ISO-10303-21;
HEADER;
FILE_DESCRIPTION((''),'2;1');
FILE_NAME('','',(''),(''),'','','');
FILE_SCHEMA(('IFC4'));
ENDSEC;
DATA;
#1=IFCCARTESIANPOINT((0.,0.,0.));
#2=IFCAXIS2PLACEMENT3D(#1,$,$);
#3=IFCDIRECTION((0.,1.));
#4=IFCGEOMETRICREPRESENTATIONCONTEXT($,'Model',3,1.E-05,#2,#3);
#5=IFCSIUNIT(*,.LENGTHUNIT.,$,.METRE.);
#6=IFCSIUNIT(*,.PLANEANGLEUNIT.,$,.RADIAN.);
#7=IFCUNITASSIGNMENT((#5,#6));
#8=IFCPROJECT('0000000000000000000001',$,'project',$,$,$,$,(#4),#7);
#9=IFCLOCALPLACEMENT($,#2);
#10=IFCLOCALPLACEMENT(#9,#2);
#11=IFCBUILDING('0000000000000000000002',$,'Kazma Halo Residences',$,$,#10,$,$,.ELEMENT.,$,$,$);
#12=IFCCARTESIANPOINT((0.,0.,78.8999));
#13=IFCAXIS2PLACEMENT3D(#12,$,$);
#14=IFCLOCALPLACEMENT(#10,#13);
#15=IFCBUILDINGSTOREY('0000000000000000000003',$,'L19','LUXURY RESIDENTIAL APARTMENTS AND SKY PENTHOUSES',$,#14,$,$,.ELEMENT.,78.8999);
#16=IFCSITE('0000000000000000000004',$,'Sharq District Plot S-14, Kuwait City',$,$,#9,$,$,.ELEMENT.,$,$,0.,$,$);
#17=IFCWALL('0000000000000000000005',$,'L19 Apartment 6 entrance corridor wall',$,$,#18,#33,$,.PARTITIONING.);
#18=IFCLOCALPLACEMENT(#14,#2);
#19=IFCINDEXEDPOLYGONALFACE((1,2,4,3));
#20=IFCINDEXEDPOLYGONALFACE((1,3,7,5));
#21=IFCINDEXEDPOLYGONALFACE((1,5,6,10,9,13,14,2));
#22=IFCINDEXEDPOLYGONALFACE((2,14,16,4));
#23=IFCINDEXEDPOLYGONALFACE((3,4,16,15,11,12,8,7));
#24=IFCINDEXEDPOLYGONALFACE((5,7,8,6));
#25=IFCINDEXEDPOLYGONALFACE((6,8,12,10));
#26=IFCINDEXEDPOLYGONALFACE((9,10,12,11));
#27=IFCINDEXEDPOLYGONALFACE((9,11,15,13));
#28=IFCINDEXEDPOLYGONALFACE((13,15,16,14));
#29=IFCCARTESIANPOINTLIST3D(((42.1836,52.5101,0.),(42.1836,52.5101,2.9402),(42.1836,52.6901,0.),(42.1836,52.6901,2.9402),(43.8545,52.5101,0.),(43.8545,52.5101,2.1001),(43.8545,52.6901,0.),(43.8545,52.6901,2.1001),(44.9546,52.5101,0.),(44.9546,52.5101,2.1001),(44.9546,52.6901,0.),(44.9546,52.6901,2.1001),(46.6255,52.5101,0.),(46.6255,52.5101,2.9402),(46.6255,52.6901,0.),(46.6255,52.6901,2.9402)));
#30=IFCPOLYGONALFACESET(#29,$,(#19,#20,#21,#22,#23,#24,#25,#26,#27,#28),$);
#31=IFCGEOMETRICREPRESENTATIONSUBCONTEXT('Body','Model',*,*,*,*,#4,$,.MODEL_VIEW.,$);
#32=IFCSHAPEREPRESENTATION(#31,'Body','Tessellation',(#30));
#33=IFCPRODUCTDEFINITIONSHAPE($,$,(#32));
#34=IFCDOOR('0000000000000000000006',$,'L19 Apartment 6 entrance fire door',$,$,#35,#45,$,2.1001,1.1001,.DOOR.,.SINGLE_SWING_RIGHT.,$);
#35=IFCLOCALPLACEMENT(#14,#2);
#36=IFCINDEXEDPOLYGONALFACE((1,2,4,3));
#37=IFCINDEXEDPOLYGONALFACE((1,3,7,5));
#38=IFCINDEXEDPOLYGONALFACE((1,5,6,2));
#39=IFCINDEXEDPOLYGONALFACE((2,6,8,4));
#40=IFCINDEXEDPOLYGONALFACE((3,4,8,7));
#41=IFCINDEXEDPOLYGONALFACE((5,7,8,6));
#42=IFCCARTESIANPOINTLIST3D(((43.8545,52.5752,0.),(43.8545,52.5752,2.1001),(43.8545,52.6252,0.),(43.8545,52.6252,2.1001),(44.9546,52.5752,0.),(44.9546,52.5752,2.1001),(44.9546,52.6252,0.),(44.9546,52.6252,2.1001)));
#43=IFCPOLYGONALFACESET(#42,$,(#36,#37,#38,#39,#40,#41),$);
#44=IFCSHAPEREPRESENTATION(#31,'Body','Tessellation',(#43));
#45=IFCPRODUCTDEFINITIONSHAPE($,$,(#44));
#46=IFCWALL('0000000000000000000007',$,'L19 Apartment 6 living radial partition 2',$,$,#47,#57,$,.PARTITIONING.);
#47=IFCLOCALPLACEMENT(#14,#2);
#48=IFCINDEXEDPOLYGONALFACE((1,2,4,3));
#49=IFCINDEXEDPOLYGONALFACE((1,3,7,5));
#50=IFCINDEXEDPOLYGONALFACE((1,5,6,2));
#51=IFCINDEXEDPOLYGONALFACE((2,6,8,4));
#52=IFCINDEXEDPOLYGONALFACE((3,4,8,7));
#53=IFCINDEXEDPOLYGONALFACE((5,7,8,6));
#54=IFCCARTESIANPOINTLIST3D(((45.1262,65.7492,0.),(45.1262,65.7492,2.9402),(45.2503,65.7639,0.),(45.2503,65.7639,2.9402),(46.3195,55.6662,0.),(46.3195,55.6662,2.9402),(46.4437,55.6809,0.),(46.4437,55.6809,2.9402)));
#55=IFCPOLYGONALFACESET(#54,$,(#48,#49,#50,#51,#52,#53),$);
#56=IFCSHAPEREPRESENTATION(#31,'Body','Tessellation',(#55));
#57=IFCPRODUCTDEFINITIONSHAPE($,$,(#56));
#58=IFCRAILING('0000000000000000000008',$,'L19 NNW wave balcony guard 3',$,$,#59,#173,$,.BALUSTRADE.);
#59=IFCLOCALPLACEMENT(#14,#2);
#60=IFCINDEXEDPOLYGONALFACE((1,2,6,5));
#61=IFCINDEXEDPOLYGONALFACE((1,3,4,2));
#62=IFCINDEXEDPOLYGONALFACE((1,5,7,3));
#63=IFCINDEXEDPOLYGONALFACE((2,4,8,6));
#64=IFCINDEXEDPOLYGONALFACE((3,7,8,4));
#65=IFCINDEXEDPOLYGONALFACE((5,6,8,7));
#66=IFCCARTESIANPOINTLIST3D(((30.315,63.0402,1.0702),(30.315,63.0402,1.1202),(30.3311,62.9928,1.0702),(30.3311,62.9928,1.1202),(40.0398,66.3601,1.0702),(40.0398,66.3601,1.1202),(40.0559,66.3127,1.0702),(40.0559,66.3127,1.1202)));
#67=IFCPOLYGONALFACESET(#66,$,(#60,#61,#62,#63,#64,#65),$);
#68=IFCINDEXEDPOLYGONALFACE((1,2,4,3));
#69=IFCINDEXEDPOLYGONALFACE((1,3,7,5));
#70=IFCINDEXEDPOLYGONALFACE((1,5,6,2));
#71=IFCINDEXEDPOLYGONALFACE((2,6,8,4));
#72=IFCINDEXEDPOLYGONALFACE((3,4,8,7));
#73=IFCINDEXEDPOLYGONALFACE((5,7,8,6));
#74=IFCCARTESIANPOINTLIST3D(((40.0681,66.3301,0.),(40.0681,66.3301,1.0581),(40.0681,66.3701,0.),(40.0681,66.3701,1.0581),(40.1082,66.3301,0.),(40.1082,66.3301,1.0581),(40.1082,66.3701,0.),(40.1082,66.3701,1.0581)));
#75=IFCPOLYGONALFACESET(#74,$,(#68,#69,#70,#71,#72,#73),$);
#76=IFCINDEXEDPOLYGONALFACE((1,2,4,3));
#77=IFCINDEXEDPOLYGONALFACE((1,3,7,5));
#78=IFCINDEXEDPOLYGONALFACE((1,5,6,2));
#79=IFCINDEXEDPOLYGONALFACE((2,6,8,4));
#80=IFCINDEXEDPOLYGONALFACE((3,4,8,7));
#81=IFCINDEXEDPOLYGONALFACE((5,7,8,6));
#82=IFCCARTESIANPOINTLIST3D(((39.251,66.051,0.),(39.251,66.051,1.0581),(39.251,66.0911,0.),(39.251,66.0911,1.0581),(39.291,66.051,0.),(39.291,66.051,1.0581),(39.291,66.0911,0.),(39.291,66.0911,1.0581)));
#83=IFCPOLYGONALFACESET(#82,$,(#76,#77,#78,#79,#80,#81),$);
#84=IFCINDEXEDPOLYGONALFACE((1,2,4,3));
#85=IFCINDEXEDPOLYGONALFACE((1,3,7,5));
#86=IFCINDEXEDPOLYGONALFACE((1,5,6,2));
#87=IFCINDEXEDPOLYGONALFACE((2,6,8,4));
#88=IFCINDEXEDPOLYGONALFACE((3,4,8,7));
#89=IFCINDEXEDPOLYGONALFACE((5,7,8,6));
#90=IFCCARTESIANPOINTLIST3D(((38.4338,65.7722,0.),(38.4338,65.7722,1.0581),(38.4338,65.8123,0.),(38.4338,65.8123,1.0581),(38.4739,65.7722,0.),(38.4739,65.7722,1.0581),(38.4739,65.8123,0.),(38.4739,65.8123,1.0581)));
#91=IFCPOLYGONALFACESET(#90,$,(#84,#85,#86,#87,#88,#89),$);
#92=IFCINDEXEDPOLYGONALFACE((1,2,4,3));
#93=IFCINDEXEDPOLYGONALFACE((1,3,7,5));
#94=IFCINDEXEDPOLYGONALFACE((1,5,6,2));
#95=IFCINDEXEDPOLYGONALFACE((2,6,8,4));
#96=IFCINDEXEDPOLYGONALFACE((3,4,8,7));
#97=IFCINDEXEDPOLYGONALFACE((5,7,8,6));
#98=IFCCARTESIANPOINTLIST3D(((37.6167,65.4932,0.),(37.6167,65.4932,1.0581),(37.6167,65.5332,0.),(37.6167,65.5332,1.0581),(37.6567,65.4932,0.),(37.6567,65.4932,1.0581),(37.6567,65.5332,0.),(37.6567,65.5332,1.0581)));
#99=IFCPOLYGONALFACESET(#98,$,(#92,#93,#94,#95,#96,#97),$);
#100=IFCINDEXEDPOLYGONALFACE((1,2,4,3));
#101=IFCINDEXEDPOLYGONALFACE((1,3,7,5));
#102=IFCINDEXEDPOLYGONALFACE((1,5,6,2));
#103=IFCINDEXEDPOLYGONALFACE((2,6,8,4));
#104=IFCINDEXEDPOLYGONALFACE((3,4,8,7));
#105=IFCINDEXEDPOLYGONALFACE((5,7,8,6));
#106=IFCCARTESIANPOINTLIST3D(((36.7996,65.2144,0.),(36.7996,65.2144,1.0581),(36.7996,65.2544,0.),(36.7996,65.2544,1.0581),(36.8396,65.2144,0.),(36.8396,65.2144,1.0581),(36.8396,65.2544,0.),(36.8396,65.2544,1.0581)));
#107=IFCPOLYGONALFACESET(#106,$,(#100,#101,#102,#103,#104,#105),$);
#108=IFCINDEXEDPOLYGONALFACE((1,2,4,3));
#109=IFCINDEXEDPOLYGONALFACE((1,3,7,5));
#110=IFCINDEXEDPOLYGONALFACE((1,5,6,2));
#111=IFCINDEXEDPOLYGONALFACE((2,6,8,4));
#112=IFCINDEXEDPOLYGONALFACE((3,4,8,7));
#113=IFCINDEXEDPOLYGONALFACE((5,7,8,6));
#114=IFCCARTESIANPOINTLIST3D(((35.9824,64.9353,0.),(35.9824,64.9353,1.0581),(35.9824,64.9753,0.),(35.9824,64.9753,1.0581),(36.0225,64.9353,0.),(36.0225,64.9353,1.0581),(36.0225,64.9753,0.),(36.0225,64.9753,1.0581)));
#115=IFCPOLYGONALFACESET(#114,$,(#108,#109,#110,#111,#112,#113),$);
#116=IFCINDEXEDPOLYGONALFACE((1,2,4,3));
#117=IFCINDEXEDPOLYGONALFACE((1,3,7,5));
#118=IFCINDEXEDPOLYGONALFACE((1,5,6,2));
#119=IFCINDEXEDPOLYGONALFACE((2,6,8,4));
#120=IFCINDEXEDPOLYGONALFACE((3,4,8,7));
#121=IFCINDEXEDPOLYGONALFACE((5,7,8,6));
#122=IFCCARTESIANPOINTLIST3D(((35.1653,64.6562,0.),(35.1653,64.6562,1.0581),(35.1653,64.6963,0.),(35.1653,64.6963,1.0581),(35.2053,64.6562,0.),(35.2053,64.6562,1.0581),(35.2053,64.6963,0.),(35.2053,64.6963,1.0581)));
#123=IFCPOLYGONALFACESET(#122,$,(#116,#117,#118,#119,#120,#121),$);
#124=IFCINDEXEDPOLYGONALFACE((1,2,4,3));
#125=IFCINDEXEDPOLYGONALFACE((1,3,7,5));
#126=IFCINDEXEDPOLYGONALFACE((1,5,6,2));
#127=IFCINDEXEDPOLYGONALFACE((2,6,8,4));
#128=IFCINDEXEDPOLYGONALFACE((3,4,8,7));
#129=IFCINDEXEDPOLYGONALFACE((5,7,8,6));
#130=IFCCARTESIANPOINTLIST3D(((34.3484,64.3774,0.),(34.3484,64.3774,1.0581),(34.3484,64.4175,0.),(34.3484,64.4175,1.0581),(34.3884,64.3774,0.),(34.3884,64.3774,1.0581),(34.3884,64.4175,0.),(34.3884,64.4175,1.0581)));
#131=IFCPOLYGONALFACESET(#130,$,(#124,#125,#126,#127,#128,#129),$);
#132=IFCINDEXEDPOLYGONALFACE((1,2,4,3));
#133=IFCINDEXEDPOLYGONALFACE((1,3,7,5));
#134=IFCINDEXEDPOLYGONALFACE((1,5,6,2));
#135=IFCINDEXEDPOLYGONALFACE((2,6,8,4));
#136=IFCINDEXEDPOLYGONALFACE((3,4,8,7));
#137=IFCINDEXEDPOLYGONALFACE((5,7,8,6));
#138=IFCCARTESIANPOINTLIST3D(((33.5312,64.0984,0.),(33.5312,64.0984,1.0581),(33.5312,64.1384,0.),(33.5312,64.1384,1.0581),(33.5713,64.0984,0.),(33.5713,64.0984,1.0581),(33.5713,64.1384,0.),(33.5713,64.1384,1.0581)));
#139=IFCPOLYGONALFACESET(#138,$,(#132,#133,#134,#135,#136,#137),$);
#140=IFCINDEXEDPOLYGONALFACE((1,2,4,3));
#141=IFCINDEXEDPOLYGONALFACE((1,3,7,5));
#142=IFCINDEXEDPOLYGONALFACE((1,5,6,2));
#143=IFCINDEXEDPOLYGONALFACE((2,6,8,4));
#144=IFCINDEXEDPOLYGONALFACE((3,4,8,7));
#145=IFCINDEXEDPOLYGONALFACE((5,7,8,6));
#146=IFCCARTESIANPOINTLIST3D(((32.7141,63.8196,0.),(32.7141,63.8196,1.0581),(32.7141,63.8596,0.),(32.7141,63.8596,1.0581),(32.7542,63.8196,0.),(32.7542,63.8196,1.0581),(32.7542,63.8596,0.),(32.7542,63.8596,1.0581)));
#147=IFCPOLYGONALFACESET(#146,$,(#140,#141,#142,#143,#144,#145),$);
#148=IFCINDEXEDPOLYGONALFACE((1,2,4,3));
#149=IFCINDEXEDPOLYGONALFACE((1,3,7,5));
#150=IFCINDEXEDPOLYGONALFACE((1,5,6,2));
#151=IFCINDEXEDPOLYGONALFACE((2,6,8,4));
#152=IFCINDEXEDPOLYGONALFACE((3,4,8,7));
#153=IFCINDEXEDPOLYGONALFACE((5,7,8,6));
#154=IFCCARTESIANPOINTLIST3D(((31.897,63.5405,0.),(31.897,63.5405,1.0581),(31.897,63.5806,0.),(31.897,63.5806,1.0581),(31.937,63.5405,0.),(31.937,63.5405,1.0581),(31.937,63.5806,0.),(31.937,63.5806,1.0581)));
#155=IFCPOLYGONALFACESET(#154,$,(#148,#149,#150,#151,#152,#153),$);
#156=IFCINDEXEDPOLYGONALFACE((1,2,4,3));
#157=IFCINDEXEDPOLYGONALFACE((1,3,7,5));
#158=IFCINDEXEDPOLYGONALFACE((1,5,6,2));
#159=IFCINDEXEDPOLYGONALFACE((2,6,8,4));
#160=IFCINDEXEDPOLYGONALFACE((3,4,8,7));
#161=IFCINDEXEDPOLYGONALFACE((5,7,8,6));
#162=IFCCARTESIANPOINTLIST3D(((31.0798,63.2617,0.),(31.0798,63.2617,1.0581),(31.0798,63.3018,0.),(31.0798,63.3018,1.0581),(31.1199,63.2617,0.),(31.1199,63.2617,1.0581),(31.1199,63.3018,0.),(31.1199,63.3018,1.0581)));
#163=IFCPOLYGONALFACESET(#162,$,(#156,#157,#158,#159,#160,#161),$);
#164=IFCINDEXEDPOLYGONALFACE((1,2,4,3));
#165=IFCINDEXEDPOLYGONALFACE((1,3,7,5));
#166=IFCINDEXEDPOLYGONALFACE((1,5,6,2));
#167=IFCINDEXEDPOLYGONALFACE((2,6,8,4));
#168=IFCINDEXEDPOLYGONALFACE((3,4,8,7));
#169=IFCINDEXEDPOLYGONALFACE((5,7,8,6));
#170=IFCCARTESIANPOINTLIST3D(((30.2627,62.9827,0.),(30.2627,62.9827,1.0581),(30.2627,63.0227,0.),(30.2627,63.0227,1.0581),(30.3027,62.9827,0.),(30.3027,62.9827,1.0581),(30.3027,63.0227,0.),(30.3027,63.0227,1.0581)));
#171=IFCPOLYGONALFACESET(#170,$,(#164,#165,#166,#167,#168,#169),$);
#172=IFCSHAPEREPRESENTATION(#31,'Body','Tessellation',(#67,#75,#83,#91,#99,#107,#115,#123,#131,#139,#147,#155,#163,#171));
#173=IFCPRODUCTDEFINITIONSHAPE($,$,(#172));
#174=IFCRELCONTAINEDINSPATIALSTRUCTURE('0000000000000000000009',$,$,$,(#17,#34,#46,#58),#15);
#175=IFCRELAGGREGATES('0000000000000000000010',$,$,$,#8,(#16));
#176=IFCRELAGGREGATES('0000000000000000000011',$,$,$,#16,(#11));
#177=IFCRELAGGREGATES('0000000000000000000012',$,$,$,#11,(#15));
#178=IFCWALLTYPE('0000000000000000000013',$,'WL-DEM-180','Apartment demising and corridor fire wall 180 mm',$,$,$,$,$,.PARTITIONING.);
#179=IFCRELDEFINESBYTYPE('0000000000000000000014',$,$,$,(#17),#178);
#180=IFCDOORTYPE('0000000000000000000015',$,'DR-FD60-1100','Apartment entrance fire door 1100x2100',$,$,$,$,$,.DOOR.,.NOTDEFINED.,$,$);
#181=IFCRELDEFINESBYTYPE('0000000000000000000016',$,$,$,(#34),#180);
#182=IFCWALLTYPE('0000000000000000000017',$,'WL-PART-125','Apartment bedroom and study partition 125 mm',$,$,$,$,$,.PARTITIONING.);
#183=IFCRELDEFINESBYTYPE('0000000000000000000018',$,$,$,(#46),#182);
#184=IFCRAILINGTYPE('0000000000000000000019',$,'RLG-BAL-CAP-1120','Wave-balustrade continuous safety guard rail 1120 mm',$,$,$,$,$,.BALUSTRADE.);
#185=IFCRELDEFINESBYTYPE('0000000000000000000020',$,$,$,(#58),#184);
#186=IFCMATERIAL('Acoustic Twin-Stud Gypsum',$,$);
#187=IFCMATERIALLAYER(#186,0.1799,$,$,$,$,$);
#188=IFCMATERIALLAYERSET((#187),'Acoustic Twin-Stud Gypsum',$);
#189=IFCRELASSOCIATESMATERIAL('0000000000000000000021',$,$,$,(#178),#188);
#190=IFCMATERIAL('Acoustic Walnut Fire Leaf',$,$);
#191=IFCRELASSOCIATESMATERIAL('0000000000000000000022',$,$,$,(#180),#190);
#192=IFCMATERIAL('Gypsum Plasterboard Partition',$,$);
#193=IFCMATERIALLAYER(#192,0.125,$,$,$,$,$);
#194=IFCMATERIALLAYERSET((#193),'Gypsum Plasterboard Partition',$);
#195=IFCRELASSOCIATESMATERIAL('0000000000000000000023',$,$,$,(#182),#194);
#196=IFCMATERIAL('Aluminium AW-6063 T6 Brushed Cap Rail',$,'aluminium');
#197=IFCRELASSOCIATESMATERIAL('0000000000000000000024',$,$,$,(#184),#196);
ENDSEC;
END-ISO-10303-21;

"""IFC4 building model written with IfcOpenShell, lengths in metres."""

from ifc_helpers import new_model, si_unit, direction, frame, frame_2d, origin, origin_2d, place, context, subcontext, project, spatial, rectangle, extrude, material, layer, layer_set, type_object, element, fill, save


model = new_model("IFC4")

# Units and contexts
model_context = context("Model", 3, precision=1e-05, world=origin(), true_north=direction((0.0, 1.0)))
body_context = subcontext(model_context, "Body", "Model", "MODEL_VIEW")
ifc_project = project(units=[si_unit("LENGTHUNIT", "METRE"), si_unit("PLANEANGLEUNIT", "RADIAN")], contexts=[model_context])

# Site, building, storey
site_placement = place(None, origin())
site = spatial("IfcSite", under=ifc_project, at=site_placement, Name="Sharq District Plot S-14, Kuwait City", CompositionType="ELEMENT", RefElevation=0.0)
building_placement = place(site_placement, origin())
building = spatial("IfcBuilding", under=site, at=building_placement, Name="Kazma Halo Residences", CompositionType="ELEMENT")
storey_placement = place(building_placement, frame((0.0, 0.0, 78.8999)))
storey = spatial("IfcBuildingStorey", under=building, at=storey_placement, Name="L19", Description="LUXURY RESIDENTIAL APARTMENTS AND SKY PENTHOUSES", CompositionType="ELEMENT", Elevation=78.8999)

# Shared definitions
ifc_material_1 = material(Name="Acoustic Twin-Stud Gypsum")
ifc_layer_1 = layer(ifc_material_1, 0.1799)
ifc_layer_set_1 = layer_set([ifc_layer_1], Name="Acoustic Twin-Stud Gypsum")
wall_type_1 = type_object("IfcWallType", Name="WL-DEM-180", Description="Apartment demising and corridor fire wall 180 mm", PredefinedType="PARTITIONING", material=ifc_layer_set_1)

# Shared definitions
ifc_material_2 = material(Name="Acoustic Walnut Fire Leaf")
door_type_1 = type_object("IfcDoorType", Name="DR-FD60-1100", Description="Apartment entrance fire door 1100x2100", OperationType="NOTDEFINED", PredefinedType="DOOR", material=ifc_material_2)

# Wall, opening, door
wall_1_placement = place(storey_placement, frame((46.6255, 52.6001, 0.0), z_axis=(0.0, 0.0, 1.0), x_axis=(-1.0, 0.0, 0.0)))
wall_1 = element("IfcWall", 1, at=wall_1_placement, inside=storey, type_object=wall_type_1, Name="L19 Apartment 6 entrance corridor wall", PredefinedType="PARTITIONING", context=body_context, shape_type="SweptSolid", body=[
    extrude(rectangle(XDim=4.4419, YDim=0.1799, at=frame_2d((2.2209, 0.0))), origin(), (0.0, 0.0, 1.0), 2.9402),
])
opening_1_placement = place(wall_1_placement, frame((1.6709, 0.0, 0.0)))
opening_1 = element("IfcOpeningElement", 2, at=opening_1_placement, cuts=wall_1, PredefinedType="OPENING", context=body_context, shape_type="SweptSolid", body=[
    extrude(rectangle(XDim=1.1001, YDim=2.1001, at=frame_2d((0.55, 1.05))), frame((0.0, 0.0999, 0.0), z_axis=(0.0, -1.0, 0.0), x_axis=(1.0, 0.0, 0.0)), (0.0, 0.0, 1.0), 0.2),
])
door_1_placement = place(opening_1_placement, origin())
door_1 = element("IfcDoor", 3, at=door_1_placement, inside=storey, type_object=door_type_1, Name="L19 Apartment 6 entrance fire door", OperationType="SINGLE_SWING_RIGHT", OverallHeight=2.1001, OverallWidth=1.1001, PredefinedType="DOOR", context=body_context, shape_type="SweptSolid", body=[
    extrude(rectangle(XDim=1.1001, YDim=2.1001, at=frame_2d((0.55, 1.05))), frame((0.0, 0.0249, 0.0), z_axis=(0.0, -1.0, 0.0), x_axis=(1.0, 0.0, 0.0)), (0.0, 0.0, 1.0), 0.05),
])
fill(opening_1, door_1)

# Wall
ifc_material_3 = material(Name="Gypsum Plasterboard Partition")
ifc_layer_2 = layer(ifc_material_3, 0.125)
ifc_layer_set_2 = layer_set([ifc_layer_2], Name="Gypsum Plasterboard Partition")
wall_type_2 = type_object("IfcWallType", Name="WL-PART-125", Description="Apartment bedroom and study partition 125 mm", PredefinedType="PARTITIONING", material=ifc_layer_set_2)
wall_2_placement = place(storey_placement, frame((46.3816, 55.6736, 0.0), z_axis=(0.0, 0.0, 1.0), x_axis=(-0.117533, 0.993069, 0.0)))
element("IfcWall", 4, at=wall_2_placement, inside=storey, type_object=wall_type_2, Name="L19 Apartment 6 living radial partition 2", PredefinedType="PARTITIONING", context=body_context, shape_type="SweptSolid", body=[
    extrude(rectangle(XDim=10.1533, YDim=0.125, at=frame_2d((5.0767, 0.0))), origin(), (0.0, 0.0, 1.0), 2.9402),
])

# Railing
ifc_material_4 = material(Name="Aluminium AW-6063 T6 Brushed Cap Rail", Category="aluminium")
railing_type = type_object("IfcRailingType", Name="RLG-BAL-CAP-1120", Description="Wave-balustrade continuous safety guard rail 1120 mm", PredefinedType="BALUSTRADE", material=ifc_material_4)
railing_placement = place(storey_placement, frame((40.0881, 66.3501, 0.0)))
element("IfcRailing", 5, at=railing_placement, inside=storey, type_object=railing_type, Name="L19 NNW wave balcony guard 3", PredefinedType="BALUSTRADE", context=body_context, shape_type="SweptSolid", body=[
    extrude(rectangle(XDim=0.05, YDim=0.05, at=origin_2d()), frame((-0.0403, -0.0137, 1.0952), z_axis=(-0.946373, -0.323076, 0.0), x_axis=(0.323076, -0.946373, 0.0)), (0.0, 0.0, 1.0), 10.2759),
    extrude(rectangle(XDim=0.04, YDim=0.04, at=origin_2d()), origin(), (0.0, 0.0, 1.0), 1.0581),
    extrude(rectangle(XDim=0.04, YDim=0.04, at=origin_2d()), frame((-0.8171, -0.2791, 0.0)), (0.0, 0.0, 1.0), 1.0581),
    extrude(rectangle(XDim=0.04, YDim=0.04, at=origin_2d()), frame((-1.6343, -0.5579, 0.0)), (0.0, 0.0, 1.0), 1.0581),
    extrude(rectangle(XDim=0.04, YDim=0.04, at=origin_2d()), frame((-2.4514, -0.8369, 0.0)), (0.0, 0.0, 1.0), 1.0581),
    extrude(rectangle(XDim=0.04, YDim=0.04, at=origin_2d()), frame((-3.2686, -1.1157, 0.0)), (0.0, 0.0, 1.0), 1.0581),
    extrude(rectangle(XDim=0.04, YDim=0.04, at=origin_2d()), frame((-4.0857, -1.3948, 0.0)), (0.0, 0.0, 1.0), 1.0581),
    extrude(rectangle(XDim=0.04, YDim=0.04, at=origin_2d()), frame((-4.9028, -1.6738, 0.0)), (0.0, 0.0, 1.0), 1.0581),
    extrude(rectangle(XDim=0.04, YDim=0.04, at=origin_2d()), frame((-5.7197, -1.9526, 0.0)), (0.0, 0.0, 1.0), 1.0581),
    extrude(rectangle(XDim=0.04, YDim=0.04, at=origin_2d()), frame((-6.5369, -2.2317, 0.0)), (0.0, 0.0, 1.0), 1.0581),
    extrude(rectangle(XDim=0.04, YDim=0.04, at=origin_2d()), frame((-7.354, -2.5105, 0.0)), (0.0, 0.0, 1.0), 1.0581),
    extrude(rectangle(XDim=0.04, YDim=0.04, at=origin_2d()), frame((-8.1711, -2.7896, 0.0)), (0.0, 0.0, 1.0), 1.0581),
    extrude(rectangle(XDim=0.04, YDim=0.04, at=origin_2d()), frame((-8.9883, -3.0684, 0.0)), (0.0, 0.0, 1.0), 1.0581),
    extrude(rectangle(XDim=0.04, YDim=0.04, at=origin_2d()), frame((-9.8054, -3.3474, 0.0)), (0.0, 0.0, 1.0), 1.0581),
])

save(model, "model.ifc")
